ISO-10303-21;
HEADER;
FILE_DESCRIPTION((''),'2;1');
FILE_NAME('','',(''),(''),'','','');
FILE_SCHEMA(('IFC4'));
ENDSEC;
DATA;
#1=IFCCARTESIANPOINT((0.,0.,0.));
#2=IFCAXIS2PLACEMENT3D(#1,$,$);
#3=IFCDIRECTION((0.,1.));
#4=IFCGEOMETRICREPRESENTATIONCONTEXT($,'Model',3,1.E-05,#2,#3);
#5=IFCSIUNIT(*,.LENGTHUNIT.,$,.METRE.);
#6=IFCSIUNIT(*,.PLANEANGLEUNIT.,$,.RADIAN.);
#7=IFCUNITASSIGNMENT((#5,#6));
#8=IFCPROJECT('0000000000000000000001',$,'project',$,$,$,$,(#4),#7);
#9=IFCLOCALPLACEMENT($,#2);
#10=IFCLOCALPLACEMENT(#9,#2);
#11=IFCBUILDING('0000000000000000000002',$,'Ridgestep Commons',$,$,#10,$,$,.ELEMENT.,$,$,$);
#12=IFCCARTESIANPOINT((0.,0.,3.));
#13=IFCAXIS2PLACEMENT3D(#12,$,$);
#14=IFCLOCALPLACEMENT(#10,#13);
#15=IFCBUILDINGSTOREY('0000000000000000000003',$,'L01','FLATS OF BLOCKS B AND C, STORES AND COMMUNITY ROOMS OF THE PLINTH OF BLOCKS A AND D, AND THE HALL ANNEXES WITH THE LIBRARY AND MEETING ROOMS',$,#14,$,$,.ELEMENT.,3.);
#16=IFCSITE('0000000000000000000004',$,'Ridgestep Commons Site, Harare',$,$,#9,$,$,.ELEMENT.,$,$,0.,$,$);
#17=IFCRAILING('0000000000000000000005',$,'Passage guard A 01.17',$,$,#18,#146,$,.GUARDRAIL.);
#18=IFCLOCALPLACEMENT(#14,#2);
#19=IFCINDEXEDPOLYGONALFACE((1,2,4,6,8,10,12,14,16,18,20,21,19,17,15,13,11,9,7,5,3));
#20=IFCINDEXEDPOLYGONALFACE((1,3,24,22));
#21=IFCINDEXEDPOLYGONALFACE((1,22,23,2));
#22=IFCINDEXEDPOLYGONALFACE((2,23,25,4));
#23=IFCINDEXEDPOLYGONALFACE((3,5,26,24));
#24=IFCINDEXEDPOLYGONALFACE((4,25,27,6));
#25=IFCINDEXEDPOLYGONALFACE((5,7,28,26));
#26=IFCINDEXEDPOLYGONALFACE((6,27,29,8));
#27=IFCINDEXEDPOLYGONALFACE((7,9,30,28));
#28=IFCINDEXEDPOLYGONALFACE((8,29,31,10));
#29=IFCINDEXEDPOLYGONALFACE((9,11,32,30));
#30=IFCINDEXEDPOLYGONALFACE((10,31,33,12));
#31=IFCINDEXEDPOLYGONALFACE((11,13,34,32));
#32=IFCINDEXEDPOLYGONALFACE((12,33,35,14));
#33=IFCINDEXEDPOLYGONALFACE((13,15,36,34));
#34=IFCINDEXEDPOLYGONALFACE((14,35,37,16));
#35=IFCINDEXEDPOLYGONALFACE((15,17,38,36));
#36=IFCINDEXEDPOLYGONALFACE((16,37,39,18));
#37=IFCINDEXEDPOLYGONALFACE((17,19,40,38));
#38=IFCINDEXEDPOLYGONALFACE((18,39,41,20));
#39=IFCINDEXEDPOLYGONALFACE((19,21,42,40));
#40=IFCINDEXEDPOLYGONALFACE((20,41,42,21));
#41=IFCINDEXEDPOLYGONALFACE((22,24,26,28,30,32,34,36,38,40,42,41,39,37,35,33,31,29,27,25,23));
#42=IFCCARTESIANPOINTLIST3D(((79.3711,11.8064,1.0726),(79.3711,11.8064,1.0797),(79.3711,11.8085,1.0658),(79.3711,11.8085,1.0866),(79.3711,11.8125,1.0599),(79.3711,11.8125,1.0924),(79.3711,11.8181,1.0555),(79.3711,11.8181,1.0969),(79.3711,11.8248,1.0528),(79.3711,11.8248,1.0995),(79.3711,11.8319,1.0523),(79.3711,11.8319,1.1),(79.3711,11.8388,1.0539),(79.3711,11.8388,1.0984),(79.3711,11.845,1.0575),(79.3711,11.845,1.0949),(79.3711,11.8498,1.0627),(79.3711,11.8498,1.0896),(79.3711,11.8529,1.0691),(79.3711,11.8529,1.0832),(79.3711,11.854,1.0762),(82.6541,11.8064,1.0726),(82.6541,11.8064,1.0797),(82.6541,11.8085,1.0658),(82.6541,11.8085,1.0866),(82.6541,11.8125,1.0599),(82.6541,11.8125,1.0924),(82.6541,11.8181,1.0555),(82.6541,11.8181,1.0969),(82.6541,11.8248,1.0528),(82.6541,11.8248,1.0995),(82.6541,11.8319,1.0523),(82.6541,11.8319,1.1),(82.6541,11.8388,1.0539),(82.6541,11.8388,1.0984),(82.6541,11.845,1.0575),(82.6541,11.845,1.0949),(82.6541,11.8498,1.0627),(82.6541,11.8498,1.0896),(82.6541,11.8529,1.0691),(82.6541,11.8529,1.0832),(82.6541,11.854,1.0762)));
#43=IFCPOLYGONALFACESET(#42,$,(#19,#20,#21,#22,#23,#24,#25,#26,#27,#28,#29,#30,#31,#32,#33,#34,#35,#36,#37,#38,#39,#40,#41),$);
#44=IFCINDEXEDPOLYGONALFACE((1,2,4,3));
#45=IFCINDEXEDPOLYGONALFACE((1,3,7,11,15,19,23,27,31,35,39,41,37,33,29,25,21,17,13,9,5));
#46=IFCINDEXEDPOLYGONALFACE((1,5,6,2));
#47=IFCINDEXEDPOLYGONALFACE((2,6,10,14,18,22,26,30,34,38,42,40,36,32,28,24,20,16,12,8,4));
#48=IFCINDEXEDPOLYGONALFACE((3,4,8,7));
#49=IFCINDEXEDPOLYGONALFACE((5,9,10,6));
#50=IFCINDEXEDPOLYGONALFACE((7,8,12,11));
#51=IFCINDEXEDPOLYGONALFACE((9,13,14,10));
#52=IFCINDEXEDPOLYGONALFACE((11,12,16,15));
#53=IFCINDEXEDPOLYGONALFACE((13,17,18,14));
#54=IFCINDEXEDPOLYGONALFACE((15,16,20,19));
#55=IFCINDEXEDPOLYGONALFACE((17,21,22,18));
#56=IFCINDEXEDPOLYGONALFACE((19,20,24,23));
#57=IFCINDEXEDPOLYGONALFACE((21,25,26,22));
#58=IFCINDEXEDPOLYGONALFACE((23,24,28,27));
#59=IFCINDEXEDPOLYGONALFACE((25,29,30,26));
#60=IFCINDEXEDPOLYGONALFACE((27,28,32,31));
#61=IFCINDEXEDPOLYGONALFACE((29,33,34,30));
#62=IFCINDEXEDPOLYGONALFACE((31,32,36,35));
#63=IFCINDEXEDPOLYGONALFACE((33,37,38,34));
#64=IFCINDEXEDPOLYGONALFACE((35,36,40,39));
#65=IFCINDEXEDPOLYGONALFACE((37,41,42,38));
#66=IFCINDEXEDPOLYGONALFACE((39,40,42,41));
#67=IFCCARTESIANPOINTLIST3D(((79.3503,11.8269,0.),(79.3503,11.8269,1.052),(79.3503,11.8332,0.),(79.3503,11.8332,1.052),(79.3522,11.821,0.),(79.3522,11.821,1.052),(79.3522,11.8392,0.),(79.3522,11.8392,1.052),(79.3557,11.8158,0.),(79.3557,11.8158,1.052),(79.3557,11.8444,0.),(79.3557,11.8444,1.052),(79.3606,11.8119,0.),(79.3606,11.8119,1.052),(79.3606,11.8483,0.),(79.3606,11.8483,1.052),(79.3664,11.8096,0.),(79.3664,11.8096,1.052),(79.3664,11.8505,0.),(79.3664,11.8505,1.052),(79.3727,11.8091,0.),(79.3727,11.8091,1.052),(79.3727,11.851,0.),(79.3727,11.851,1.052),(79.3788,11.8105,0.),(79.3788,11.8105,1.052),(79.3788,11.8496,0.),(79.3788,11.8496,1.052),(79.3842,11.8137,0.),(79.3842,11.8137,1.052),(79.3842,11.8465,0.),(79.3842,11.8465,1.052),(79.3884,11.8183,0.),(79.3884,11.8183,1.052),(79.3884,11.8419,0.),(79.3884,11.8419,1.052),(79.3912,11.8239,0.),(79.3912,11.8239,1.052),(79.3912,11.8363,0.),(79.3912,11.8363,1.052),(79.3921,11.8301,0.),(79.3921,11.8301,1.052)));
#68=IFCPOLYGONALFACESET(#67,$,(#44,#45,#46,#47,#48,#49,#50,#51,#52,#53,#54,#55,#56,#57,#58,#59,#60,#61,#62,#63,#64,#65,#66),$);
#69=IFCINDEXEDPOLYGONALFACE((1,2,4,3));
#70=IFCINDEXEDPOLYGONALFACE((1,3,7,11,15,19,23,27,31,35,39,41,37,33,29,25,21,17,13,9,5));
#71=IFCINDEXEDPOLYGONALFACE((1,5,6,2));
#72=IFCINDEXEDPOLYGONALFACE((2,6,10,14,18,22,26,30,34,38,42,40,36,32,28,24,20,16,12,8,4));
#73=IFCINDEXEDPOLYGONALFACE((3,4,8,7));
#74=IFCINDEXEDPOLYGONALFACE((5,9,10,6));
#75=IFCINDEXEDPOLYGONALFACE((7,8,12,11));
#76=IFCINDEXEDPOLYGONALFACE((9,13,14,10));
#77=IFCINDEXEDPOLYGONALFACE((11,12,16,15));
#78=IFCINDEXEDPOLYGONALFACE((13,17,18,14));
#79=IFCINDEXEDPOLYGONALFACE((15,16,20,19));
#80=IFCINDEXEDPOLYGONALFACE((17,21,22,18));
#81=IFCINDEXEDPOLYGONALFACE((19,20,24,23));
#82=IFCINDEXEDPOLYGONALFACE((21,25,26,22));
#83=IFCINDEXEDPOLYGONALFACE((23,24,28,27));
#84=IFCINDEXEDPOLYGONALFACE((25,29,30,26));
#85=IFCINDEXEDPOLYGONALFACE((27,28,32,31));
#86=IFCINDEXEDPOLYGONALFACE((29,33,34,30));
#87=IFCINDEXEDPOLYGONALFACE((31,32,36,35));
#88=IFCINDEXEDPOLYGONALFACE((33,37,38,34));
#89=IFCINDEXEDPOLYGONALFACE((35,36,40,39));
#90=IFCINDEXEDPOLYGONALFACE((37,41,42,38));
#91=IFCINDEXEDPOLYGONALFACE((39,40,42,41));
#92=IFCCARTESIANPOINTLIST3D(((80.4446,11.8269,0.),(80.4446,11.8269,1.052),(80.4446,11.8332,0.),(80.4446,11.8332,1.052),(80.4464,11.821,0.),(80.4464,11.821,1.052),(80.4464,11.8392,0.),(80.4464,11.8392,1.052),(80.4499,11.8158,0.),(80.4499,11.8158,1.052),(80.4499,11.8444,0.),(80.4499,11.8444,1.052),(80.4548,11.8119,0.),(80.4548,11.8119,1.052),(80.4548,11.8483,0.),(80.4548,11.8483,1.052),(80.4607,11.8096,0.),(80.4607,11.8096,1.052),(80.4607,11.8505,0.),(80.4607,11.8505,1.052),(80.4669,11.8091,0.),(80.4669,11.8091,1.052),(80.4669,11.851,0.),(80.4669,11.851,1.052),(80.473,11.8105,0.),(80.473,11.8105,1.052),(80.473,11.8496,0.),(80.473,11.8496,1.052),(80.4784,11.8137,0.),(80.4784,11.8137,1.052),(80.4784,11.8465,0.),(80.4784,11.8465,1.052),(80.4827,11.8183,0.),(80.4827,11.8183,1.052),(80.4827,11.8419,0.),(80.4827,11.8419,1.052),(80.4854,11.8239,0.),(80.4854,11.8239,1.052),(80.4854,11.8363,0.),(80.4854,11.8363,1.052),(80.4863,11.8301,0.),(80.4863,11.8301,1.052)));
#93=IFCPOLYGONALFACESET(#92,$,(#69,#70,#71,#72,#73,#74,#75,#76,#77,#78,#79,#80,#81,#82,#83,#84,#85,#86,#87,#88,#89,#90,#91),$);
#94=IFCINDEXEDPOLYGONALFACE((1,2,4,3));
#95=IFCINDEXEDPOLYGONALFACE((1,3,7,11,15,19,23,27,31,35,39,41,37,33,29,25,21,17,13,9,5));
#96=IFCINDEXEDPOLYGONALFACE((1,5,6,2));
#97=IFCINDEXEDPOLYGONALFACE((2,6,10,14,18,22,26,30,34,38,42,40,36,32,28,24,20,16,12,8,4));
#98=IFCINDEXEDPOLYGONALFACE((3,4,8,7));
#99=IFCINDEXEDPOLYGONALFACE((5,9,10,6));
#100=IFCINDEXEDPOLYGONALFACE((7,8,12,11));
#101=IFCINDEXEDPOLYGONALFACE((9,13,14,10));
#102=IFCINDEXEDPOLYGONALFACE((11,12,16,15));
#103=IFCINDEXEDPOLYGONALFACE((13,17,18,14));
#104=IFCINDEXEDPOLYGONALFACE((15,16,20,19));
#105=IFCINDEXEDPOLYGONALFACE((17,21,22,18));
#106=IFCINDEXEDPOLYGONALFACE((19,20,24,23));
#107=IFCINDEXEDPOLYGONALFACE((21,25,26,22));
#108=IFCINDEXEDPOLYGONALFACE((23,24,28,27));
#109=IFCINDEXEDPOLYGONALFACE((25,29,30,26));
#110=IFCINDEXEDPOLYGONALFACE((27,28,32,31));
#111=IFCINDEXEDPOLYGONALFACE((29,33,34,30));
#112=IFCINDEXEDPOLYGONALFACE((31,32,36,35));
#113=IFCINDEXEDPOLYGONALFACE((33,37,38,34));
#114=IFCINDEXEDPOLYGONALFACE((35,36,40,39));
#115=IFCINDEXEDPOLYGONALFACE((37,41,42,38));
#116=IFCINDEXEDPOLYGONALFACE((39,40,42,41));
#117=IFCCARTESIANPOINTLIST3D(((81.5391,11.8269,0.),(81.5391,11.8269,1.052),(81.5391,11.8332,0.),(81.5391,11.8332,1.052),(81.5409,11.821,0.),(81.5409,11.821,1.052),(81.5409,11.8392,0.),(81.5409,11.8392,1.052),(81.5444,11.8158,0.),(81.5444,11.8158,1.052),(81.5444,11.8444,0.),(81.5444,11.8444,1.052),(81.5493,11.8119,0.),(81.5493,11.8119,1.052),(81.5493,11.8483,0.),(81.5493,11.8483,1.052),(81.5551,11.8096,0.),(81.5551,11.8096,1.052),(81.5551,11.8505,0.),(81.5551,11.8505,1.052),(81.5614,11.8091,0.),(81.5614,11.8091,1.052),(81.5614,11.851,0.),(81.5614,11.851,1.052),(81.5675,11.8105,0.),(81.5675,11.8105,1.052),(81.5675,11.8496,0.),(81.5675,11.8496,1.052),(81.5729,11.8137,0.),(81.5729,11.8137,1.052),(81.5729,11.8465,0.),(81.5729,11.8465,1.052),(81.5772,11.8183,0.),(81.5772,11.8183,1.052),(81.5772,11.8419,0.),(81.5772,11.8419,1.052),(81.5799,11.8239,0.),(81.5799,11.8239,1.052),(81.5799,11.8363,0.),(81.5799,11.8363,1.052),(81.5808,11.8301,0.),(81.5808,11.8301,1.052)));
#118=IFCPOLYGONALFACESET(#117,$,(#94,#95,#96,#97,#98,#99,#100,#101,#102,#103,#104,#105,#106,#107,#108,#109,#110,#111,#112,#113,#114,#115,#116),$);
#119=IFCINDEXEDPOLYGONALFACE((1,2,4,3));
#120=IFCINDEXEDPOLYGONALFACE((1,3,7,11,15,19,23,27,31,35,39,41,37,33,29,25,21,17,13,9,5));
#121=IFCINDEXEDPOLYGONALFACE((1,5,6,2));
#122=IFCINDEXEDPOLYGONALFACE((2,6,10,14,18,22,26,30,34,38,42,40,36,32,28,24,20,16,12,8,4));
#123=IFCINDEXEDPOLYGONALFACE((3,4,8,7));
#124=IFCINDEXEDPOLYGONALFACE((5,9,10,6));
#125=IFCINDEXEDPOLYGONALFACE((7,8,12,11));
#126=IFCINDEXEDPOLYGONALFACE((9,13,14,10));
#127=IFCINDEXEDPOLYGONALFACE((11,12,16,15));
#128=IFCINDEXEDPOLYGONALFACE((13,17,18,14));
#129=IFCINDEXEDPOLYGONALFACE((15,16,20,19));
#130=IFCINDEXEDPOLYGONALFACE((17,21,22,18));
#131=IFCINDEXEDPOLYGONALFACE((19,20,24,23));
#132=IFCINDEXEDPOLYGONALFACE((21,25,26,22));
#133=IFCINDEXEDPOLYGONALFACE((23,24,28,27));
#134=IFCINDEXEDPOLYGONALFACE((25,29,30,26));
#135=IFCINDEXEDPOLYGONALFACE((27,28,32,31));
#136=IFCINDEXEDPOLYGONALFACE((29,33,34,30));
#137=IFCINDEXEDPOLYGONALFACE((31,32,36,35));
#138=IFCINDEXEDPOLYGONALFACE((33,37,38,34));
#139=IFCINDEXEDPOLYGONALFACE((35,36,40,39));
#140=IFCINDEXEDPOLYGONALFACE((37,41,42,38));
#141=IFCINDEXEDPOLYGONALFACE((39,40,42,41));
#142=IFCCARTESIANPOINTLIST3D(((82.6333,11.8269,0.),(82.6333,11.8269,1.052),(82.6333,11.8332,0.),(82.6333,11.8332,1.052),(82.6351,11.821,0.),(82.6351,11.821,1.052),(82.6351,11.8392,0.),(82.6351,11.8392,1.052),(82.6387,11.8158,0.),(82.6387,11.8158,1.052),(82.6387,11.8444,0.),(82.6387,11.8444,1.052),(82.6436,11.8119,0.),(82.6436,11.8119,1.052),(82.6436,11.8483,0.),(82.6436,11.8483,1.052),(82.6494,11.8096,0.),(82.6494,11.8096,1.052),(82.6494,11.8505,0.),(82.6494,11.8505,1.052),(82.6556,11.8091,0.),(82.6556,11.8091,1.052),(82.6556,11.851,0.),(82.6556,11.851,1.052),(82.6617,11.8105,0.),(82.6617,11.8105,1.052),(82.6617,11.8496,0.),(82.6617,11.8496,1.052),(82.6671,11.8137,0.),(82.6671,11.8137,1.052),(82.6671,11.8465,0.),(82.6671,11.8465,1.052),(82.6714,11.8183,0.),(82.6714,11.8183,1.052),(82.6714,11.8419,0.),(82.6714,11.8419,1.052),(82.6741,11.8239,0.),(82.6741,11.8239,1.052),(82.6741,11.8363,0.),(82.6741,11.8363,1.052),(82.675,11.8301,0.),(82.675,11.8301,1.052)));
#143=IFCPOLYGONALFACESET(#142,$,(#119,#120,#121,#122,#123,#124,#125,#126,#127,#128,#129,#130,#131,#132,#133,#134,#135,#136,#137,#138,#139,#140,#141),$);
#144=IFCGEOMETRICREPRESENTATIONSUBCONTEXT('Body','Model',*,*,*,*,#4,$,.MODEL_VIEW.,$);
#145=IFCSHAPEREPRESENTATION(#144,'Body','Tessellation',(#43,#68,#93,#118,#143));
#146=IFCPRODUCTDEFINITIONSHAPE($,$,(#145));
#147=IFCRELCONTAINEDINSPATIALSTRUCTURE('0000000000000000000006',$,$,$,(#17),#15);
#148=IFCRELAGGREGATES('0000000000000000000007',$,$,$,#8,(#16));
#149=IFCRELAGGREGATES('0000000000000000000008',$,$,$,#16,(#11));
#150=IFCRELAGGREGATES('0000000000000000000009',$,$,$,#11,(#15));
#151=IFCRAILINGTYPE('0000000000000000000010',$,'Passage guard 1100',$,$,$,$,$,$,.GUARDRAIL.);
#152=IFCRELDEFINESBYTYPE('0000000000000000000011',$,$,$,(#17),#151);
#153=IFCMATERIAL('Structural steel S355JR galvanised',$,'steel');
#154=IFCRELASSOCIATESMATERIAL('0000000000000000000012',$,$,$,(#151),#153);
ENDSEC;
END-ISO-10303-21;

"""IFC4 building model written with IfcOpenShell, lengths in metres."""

from ifc_helpers import new_model, si_unit, direction, frame, origin, origin_2d, place, context, subcontext, project, spatial, circle, extrude, material, type_object, element, save


model = new_model("IFC4")

# Units and contexts
model_context = context("Model", 3, precision=1e-05, world=origin(), true_north=direction((0.0, 1.0)))
body_context = subcontext(model_context, "Body", "Model", "MODEL_VIEW")
ifc_project = project(units=[si_unit("LENGTHUNIT", "METRE"), si_unit("PLANEANGLEUNIT", "RADIAN")], contexts=[model_context])

# Site, building, storey
site_placement = place(None, origin())
site = spatial("IfcSite", under=ifc_project, at=site_placement, Name="Ridgestep Commons Site, Harare", CompositionType="ELEMENT", RefElevation=0.0)
building_placement = place(site_placement, origin())
building = spatial("IfcBuilding", under=site, at=building_placement, Name="Ridgestep Commons", CompositionType="ELEMENT")
storey_placement = place(building_placement, frame((0.0, 0.0, 3.0)))
storey = spatial("IfcBuildingStorey", under=building, at=storey_placement, Name="L01", Description="FLATS OF BLOCKS B AND C, STORES AND COMMUNITY ROOMS OF THE PLINTH OF BLOCKS A AND D, AND THE HALL ANNEXES WITH THE LIBRARY AND MEETING ROOMS", CompositionType="ELEMENT", Elevation=3.0)

# Railing
ifc_material_1 = material(Name="Structural steel S355JR galvanised", Category="steel")
railing_type = type_object("IfcRailingType", Name="Passage guard 1100", PredefinedType="GUARDRAIL", material=ifc_material_1)
railing_1_placement = place(storey_placement, frame((79.3711, 11.8301, 0.0)))
element("IfcRailing", 1, at=railing_1_placement, inside=storey, type_object=railing_type, Name="Passage guard A 01.17", PredefinedType="GUARDRAIL", context=body_context, shape_type="SweptSolid", body=[
    extrude(circle(Radius=0.0239, at=origin_2d()), frame((0.0, 0.0, 1.0762), z_axis=(1.0, 0.0, 0.0), x_axis=(0.0, 1.0, 0.0)), (0.0, 0.0, 1.0), 3.283),
    extrude(circle(Radius=0.021, at=origin_2d()), origin(), (0.0, 0.0, 1.0), 1.052),
    extrude(circle(Radius=0.021, at=origin_2d()), frame((1.0942, 0.0, 0.0)), (0.0, 0.0, 1.0), 1.052),
    extrude(circle(Radius=0.021, at=origin_2d()), frame((2.1887, 0.0, 0.0)), (0.0, 0.0, 1.0), 1.052),
    extrude(circle(Radius=0.021, at=origin_2d()), frame((3.283, 0.0, 0.0)), (0.0, 0.0, 1.0), 1.052),
])

save(model, "model.ifc")
